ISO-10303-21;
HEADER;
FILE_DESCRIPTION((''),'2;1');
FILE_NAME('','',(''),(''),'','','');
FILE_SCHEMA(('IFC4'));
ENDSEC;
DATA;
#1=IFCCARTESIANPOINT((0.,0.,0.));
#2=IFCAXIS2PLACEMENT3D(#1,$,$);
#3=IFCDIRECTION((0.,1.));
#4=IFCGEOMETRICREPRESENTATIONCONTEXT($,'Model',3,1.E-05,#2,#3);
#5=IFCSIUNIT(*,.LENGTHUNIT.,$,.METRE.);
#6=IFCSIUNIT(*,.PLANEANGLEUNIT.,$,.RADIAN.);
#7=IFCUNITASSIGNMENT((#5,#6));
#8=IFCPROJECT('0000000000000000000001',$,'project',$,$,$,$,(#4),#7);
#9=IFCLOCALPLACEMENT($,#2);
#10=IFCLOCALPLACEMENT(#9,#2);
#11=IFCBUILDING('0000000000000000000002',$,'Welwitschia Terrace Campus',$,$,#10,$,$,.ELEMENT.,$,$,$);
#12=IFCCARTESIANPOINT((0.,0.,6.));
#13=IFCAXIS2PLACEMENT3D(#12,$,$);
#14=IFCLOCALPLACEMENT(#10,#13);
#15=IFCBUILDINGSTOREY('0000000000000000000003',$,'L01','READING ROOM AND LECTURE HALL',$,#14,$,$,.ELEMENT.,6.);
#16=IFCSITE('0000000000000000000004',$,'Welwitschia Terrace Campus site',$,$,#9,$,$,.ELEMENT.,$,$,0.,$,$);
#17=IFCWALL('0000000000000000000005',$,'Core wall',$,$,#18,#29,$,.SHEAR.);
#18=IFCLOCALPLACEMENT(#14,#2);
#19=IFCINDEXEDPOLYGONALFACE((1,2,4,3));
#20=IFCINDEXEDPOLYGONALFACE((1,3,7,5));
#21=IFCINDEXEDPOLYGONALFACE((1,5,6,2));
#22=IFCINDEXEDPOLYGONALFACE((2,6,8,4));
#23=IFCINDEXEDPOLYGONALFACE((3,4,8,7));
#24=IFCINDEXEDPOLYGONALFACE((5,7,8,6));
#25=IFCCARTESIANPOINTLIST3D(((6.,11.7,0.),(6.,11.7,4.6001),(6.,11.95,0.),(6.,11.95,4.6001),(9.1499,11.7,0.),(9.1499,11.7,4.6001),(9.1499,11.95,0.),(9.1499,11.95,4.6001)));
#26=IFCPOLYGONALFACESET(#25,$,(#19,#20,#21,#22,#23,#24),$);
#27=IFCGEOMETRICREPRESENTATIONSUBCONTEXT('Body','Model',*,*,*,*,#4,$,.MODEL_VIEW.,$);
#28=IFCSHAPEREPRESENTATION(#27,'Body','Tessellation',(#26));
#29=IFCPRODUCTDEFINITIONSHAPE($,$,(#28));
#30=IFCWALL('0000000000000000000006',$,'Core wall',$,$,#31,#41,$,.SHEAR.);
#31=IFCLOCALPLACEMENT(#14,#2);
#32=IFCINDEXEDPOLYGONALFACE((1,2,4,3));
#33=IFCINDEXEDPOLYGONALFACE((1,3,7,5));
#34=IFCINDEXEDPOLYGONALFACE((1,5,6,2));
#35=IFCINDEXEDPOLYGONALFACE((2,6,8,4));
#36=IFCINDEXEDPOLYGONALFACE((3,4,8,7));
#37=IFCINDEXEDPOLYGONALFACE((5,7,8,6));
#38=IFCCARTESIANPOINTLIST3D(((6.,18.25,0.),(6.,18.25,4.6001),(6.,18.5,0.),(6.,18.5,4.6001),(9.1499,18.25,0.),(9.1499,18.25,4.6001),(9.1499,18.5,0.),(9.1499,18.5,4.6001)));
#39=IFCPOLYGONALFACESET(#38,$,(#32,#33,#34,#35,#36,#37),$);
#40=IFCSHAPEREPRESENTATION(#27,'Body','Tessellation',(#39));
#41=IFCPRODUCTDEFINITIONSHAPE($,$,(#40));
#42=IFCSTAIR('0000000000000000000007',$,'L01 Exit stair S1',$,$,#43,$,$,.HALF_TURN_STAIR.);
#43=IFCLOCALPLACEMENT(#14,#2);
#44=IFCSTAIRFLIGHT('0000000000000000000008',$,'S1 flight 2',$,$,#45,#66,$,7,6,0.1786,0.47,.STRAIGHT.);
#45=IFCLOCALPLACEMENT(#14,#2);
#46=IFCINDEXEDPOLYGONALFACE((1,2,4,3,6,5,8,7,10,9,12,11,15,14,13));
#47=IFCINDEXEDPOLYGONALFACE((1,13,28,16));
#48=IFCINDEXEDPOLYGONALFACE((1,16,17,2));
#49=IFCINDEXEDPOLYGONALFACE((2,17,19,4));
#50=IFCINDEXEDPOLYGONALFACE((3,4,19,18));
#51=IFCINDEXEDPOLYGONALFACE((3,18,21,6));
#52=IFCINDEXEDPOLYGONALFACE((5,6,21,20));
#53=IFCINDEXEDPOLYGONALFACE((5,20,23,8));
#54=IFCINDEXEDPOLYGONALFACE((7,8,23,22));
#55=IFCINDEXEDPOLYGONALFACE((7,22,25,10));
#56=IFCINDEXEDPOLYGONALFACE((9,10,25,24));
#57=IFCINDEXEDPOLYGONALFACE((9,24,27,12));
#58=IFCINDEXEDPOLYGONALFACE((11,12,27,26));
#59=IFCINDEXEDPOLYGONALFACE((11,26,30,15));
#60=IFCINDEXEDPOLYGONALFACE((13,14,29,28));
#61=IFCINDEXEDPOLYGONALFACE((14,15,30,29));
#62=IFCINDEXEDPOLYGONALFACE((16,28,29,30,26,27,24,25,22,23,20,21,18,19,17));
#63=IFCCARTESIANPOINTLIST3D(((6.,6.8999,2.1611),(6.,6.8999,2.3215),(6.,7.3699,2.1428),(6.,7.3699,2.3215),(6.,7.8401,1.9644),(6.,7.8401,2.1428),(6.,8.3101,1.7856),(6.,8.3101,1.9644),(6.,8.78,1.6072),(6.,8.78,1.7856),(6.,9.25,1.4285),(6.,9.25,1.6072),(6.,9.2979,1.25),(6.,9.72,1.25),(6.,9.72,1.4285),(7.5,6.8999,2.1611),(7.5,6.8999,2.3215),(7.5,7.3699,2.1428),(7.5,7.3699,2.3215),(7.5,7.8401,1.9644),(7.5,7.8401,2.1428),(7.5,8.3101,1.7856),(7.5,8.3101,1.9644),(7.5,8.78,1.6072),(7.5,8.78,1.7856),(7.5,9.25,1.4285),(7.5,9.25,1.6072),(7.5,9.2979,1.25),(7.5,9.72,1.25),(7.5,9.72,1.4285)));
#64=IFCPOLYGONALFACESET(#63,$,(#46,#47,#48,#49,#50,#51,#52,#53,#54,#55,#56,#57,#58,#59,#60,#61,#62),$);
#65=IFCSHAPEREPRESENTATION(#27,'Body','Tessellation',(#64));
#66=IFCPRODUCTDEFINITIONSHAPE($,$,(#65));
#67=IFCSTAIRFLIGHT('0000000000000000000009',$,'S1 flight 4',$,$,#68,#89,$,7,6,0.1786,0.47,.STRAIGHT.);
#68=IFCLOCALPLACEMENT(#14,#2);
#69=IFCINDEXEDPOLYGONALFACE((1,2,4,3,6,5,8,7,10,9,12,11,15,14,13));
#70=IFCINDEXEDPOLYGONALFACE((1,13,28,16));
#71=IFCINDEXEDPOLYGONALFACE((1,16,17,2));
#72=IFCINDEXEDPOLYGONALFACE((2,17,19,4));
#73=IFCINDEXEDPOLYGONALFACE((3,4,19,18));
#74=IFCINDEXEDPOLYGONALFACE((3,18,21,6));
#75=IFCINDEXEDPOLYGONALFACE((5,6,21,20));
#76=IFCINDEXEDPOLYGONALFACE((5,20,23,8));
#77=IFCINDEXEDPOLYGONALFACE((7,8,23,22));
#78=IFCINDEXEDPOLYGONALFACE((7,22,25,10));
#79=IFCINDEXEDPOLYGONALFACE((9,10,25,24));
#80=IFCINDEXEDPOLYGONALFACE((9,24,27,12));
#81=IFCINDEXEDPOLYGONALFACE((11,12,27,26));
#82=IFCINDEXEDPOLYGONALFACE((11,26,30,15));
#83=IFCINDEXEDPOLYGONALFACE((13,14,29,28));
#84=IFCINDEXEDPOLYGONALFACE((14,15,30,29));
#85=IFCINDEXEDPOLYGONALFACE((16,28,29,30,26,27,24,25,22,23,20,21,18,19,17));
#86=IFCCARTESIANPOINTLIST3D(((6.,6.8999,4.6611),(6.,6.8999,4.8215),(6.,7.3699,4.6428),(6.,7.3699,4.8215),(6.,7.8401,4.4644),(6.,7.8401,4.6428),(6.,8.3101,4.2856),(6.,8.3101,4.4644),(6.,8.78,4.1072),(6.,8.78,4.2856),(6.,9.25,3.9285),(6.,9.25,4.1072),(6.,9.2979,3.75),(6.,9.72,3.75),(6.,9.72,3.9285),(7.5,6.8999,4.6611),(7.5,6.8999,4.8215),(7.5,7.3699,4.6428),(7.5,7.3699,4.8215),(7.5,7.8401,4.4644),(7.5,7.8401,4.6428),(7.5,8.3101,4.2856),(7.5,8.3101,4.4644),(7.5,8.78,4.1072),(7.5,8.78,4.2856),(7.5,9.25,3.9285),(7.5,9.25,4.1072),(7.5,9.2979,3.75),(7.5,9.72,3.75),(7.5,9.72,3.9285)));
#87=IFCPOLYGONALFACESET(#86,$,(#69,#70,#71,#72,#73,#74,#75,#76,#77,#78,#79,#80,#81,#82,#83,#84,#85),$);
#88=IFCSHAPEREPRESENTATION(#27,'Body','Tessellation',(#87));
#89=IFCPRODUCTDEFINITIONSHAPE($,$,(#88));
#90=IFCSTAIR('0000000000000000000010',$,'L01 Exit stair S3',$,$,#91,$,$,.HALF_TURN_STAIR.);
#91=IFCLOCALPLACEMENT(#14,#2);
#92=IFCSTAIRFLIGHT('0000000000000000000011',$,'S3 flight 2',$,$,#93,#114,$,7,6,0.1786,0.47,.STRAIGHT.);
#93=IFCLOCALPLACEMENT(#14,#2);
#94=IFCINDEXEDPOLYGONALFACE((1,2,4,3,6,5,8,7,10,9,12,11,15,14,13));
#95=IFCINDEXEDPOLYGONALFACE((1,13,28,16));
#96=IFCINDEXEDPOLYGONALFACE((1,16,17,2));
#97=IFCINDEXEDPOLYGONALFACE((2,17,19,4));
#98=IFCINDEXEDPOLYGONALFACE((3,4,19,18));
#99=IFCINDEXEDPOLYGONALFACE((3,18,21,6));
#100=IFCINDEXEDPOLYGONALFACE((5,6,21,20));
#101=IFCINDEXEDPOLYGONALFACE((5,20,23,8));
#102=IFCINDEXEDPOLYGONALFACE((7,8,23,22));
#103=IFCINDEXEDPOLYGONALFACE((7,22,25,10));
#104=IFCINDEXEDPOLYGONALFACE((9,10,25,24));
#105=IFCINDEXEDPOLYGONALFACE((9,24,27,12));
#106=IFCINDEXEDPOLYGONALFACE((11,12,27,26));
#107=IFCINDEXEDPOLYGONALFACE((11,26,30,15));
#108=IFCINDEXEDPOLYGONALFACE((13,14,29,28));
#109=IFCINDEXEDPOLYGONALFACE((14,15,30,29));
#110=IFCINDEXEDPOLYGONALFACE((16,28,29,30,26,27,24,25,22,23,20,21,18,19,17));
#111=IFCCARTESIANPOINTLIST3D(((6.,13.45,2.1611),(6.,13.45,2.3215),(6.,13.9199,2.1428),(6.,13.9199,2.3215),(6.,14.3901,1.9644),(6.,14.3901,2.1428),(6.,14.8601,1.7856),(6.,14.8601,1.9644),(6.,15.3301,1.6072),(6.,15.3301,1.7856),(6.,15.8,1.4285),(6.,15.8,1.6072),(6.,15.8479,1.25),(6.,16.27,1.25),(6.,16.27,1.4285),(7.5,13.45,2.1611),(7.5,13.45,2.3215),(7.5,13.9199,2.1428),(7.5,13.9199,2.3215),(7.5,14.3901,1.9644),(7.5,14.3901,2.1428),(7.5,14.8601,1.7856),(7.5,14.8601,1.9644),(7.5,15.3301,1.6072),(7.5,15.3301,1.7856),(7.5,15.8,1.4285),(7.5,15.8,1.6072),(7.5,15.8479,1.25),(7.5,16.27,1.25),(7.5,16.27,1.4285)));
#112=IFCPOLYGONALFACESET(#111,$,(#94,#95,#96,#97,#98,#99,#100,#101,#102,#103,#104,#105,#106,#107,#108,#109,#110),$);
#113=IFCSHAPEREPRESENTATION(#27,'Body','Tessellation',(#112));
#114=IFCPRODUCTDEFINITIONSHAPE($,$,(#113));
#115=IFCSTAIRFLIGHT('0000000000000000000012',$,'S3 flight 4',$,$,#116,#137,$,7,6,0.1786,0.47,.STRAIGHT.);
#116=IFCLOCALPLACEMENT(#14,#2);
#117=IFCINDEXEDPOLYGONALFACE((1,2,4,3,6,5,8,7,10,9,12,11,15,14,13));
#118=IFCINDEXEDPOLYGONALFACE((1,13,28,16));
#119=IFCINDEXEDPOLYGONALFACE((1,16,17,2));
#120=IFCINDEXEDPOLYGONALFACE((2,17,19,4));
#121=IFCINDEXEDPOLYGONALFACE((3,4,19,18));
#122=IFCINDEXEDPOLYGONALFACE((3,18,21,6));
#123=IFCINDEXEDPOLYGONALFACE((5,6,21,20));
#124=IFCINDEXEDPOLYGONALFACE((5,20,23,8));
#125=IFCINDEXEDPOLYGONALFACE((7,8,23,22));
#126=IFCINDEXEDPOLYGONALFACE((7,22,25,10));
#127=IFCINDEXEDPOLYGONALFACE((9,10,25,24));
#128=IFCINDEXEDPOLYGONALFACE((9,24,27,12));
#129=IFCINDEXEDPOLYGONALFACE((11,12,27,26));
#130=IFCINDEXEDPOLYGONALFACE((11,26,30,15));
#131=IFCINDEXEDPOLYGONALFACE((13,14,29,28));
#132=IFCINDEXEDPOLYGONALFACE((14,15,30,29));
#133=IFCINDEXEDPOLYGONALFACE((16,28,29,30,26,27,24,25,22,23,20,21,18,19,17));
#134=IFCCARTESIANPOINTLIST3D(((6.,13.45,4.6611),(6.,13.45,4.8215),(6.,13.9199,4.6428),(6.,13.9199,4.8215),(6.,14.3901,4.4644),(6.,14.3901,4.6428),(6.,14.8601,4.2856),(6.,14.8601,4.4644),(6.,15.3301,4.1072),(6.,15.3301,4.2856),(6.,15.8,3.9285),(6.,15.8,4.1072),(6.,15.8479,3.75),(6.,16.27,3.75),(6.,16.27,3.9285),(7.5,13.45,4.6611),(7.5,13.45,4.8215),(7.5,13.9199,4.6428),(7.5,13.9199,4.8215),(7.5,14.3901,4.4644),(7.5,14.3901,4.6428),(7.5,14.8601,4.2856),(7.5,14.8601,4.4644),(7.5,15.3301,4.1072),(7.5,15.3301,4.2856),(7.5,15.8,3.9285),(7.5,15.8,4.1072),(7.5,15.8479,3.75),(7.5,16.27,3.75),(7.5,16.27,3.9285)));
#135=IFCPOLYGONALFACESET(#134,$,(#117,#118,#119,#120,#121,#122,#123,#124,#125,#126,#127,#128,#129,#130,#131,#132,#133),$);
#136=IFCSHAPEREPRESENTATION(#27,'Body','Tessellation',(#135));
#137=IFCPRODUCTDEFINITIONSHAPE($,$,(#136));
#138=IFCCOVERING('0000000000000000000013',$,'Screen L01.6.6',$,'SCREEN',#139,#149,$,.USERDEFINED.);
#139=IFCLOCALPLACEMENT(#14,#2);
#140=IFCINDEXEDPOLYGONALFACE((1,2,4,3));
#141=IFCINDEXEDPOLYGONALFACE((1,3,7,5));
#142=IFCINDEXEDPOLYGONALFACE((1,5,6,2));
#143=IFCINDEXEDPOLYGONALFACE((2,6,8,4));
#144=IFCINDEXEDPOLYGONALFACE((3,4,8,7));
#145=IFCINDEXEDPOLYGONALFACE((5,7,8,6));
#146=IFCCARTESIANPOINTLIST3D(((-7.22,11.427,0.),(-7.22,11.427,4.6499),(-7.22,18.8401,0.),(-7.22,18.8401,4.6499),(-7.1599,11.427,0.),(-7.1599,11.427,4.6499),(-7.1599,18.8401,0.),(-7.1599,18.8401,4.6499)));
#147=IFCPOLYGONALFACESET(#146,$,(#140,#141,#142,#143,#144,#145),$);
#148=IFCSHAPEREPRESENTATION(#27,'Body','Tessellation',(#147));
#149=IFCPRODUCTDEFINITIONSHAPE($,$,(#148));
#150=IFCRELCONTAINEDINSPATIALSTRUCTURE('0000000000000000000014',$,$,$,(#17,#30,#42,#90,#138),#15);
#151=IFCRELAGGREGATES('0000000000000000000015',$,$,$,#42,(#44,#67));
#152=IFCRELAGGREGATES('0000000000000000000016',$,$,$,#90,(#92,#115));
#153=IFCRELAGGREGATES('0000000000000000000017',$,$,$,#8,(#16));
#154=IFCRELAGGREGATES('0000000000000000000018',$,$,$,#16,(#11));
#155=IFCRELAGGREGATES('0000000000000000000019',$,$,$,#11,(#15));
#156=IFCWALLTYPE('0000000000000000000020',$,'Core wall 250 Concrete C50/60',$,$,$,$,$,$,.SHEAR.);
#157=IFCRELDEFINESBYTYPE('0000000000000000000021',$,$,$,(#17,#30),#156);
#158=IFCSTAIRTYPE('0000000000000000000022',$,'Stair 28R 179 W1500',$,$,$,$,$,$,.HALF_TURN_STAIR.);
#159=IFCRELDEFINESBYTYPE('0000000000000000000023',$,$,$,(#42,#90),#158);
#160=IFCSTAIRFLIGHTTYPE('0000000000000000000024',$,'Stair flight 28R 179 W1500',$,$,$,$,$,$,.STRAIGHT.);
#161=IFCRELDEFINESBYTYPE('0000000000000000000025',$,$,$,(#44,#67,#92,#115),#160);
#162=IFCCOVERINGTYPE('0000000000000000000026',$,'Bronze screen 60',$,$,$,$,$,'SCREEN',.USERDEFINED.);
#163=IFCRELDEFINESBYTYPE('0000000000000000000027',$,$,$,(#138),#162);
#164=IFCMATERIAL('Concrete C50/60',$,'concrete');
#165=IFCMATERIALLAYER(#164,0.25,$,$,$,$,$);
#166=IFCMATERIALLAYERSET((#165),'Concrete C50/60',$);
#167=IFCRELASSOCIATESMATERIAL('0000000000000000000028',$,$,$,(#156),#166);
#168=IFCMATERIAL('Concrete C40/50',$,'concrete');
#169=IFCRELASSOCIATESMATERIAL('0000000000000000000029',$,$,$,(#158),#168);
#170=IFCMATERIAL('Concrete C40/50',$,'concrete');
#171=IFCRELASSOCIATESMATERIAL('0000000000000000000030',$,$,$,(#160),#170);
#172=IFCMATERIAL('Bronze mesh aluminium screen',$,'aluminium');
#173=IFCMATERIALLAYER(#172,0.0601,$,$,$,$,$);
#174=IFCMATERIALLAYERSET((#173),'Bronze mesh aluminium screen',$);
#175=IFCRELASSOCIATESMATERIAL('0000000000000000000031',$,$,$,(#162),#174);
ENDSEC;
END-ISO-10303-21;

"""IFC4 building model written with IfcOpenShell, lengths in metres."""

from ifc_helpers import new_model, si_unit, direction, frame, frame_2d, origin, origin_2d, place, context, subcontext, project, spatial, polyline, rectangle, outline, extrude, material, layer, layer_set, type_object, element, aggregate, save


model = new_model("IFC4")

# Units and contexts
model_context = context("Model", 3, precision=1e-05, world=origin(), true_north=direction((0.0, 1.0)))
body_context = subcontext(model_context, "Body", "Model", "MODEL_VIEW")
ifc_project = project(units=[si_unit("LENGTHUNIT", "METRE"), si_unit("PLANEANGLEUNIT", "RADIAN")], contexts=[model_context])

# Site, building, storey
site_placement = place(None, origin())
site = spatial("IfcSite", under=ifc_project, at=site_placement, Name="Welwitschia Terrace Campus site", CompositionType="ELEMENT", RefElevation=0.0)
building_placement = place(site_placement, origin())
building = spatial("IfcBuilding", under=site, at=building_placement, Name="Welwitschia Terrace Campus", CompositionType="ELEMENT")
storey_placement = place(building_placement, frame((0.0, 0.0, 6.0)))
storey = spatial("IfcBuildingStorey", under=building, at=storey_placement, Name="L01", Description="READING ROOM AND LECTURE HALL", CompositionType="ELEMENT", Elevation=6.0)

# Walls
ifc_material_1 = material(Name="Concrete C50/60", Category="concrete")
ifc_layer_1 = layer(ifc_material_1, 0.25)
ifc_layer_set_1 = layer_set([ifc_layer_1], Name="Concrete C50/60")
wall_type = type_object("IfcWallType", Name="Core wall 250 Concrete C50/60", PredefinedType="SHEAR", material=ifc_layer_set_1)
for number, where, z_axis, x_axis, name in (
    (1, (6.0, 11.825, 0.0), (0.0, 0.0, 1.0), (1.0, 0.0, 0.0), "Core wall"),
    (2, (6.0, 18.375, 0.0), (0.0, 0.0, 1.0), (1.0, 0.0, 0.0), "Core wall"),
):
    element("IfcWall", number, at=place(storey_placement, frame(where, z_axis=z_axis, x_axis=x_axis)), inside=storey, type_object=wall_type, Name=name, PredefinedType="SHEAR", context=body_context, shape_type="SweptSolid", body=[
        extrude(rectangle(XDim=3.1499, YDim=0.25, at=frame_2d((1.575, 0.0))), origin(), (0.0, 0.0, 1.0), 4.6001),
    ])

# Stairs, stair flights
ifc_material_2 = material(Name="Concrete C40/50", Category="concrete")
stair_type = type_object("IfcStairType", Name="Stair 28R 179 W1500", PredefinedType="HALF_TURN_STAIR", material=ifc_material_2)
stair_1_placement = place(storey_placement, origin())
stair_1 = element("IfcStair", 3, at=stair_1_placement, inside=storey, type_object=stair_type, Name="L01 Exit stair S1", PredefinedType="HALF_TURN_STAIR")
ifc_material_3 = material(Name="Concrete C40/50", Category="concrete")
stair_flight_type = type_object("IfcStairFlightType", Name="Stair flight 28R 179 W1500", PredefinedType="STRAIGHT", material=ifc_material_3)
stair_flight_1_placement = place(storey_placement, frame((6.75, 9.72, 1.25), z_axis=(0.0, 0.0, 1.0), x_axis=(0.0, -1.0, 0.0)))
stair_flight_1 = element("IfcStairFlight", 4, at=stair_flight_1_placement, type_object=stair_flight_type, Name="S1 flight 2", NumberOfRisers=7, NumberOfTreads=6, PredefinedType="STRAIGHT", RiserHeight=0.1786, TreadLength=0.47, context=body_context, shape_type="SweptSolid", body=[
    extrude(outline(polyline([(0.0, 0.0), (0.0, 0.1785), (0.47, 0.1785), (0.47, 0.3572), (0.9399, 0.3572), (0.9399, 0.5356), (1.4099, 0.5356), (1.4099, 0.7144), (1.8799, 0.7144), (1.8799, 0.8928), (2.3501, 0.8928), (2.3501, 1.0715), (2.8201, 1.0715), (2.8201, 1.25), (2.8201, 0.9111), (0.4221, 0.0), (0.0, 0.0)])), frame((0.0, 0.75, 0.0), z_axis=(0.0, -1.0, 0.0), x_axis=(1.0, 0.0, 0.0)), (0.0, 0.0, 1.0), 1.5),
])
stair_flight_2_placement = place(storey_placement, frame((6.75, 9.72, 3.75), z_axis=(0.0, 0.0, 1.0), x_axis=(0.0, -1.0, 0.0)))
stair_flight_2 = element("IfcStairFlight", 5, at=stair_flight_2_placement, type_object=stair_flight_type, Name="S1 flight 4", NumberOfRisers=7, NumberOfTreads=6, PredefinedType="STRAIGHT", RiserHeight=0.1786, TreadLength=0.47, context=body_context, shape_type="SweptSolid", body=[
    extrude(outline(polyline([(0.0, 0.0), (0.0, 0.1785), (0.47, 0.1785), (0.47, 0.3572), (0.9399, 0.3572), (0.9399, 0.5356), (1.4099, 0.5356), (1.4099, 0.7144), (1.8799, 0.7144), (1.8799, 0.8928), (2.3501, 0.8928), (2.3501, 1.0715), (2.8201, 1.0715), (2.8201, 1.25), (2.8201, 0.9111), (0.4221, 0.0), (0.0, 0.0)])), frame((0.0, 0.75, 0.0), z_axis=(0.0, -1.0, 0.0), x_axis=(1.0, 0.0, 0.0)), (0.0, 0.0, 1.0), 1.5),
])
aggregate(stair_1, [stair_flight_1, stair_flight_2])
stair_2_placement = place(storey_placement, origin())
stair_2 = element("IfcStair", 6, at=stair_2_placement, inside=storey, type_object=stair_type, Name="L01 Exit stair S3", PredefinedType="HALF_TURN_STAIR")
stair_flight_3_placement = place(storey_placement, frame((6.75, 16.27, 1.25), z_axis=(0.0, 0.0, 1.0), x_axis=(0.0, -1.0, 0.0)))
stair_flight_3 = element("IfcStairFlight", 7, at=stair_flight_3_placement, type_object=stair_flight_type, Name="S3 flight 2", NumberOfRisers=7, NumberOfTreads=6, PredefinedType="STRAIGHT", RiserHeight=0.1786, TreadLength=0.47, context=body_context, shape_type="SweptSolid", body=[
    extrude(outline(polyline([(0.0, 0.0), (0.0, 0.1785), (0.47, 0.1785), (0.47, 0.3572), (0.9399, 0.3572), (0.9399, 0.5356), (1.4099, 0.5356), (1.4099, 0.7144), (1.8799, 0.7144), (1.8799, 0.8928), (2.3501, 0.8928), (2.3501, 1.0715), (2.8201, 1.0715), (2.8201, 1.25), (2.8201, 0.9111), (0.4221, 0.0), (0.0, 0.0)])), frame((0.0, 0.75, 0.0), z_axis=(0.0, -1.0, 0.0), x_axis=(1.0, 0.0, 0.0)), (0.0, 0.0, 1.0), 1.5),
])
stair_flight_4_placement = place(storey_placement, frame((6.75, 16.27, 3.75), z_axis=(0.0, 0.0, 1.0), x_axis=(0.0, -1.0, 0.0)))
stair_flight_4 = element("IfcStairFlight", 8, at=stair_flight_4_placement, type_object=stair_flight_type, Name="S3 flight 4", NumberOfRisers=7, NumberOfTreads=6, PredefinedType="STRAIGHT", RiserHeight=0.1786, TreadLength=0.47, context=body_context, shape_type="SweptSolid", body=[
    extrude(outline(polyline([(0.0, 0.0), (0.0, 0.1785), (0.47, 0.1785), (0.47, 0.3572), (0.9399, 0.3572), (0.9399, 0.5356), (1.4099, 0.5356), (1.4099, 0.7144), (1.8799, 0.7144), (1.8799, 0.8928), (2.3501, 0.8928), (2.3501, 1.0715), (2.8201, 1.0715), (2.8201, 1.25), (2.8201, 0.9111), (0.4221, 0.0), (0.0, 0.0)])), frame((0.0, 0.75, 0.0), z_axis=(0.0, -1.0, 0.0), x_axis=(1.0, 0.0, 0.0)), (0.0, 0.0, 1.0), 1.5),
])
aggregate(stair_2, [stair_flight_3, stair_flight_4])

# Covering
ifc_material_4 = material(Name="Bronze mesh aluminium screen", Category="aluminium")
ifc_layer_2 = layer(ifc_material_4, 0.0601)
ifc_layer_set_2 = layer_set([ifc_layer_2], Name="Bronze mesh aluminium screen")
covering_type = type_object("IfcCoveringType", Name="Bronze screen 60", ElementType="SCREEN", PredefinedType="USERDEFINED", material=ifc_layer_set_2)
covering_placement = place(storey_placement, frame((-7.1899, 15.1335, 0.0), z_axis=(0.0, 0.0, 1.0), x_axis=(0.0, -1.0, 0.0)))
element("IfcCovering", 9, at=covering_placement, inside=storey, type_object=covering_type, Name="Screen L01.6.6", ObjectType="SCREEN", PredefinedType="USERDEFINED", context=body_context, shape_type="SweptSolid", body=[
    extrude(rectangle(XDim=7.4131, YDim=0.0601, at=origin_2d()), origin(), (0.0, 0.0, 1.0), 4.6499),
])

save(model, "model.ifc")
